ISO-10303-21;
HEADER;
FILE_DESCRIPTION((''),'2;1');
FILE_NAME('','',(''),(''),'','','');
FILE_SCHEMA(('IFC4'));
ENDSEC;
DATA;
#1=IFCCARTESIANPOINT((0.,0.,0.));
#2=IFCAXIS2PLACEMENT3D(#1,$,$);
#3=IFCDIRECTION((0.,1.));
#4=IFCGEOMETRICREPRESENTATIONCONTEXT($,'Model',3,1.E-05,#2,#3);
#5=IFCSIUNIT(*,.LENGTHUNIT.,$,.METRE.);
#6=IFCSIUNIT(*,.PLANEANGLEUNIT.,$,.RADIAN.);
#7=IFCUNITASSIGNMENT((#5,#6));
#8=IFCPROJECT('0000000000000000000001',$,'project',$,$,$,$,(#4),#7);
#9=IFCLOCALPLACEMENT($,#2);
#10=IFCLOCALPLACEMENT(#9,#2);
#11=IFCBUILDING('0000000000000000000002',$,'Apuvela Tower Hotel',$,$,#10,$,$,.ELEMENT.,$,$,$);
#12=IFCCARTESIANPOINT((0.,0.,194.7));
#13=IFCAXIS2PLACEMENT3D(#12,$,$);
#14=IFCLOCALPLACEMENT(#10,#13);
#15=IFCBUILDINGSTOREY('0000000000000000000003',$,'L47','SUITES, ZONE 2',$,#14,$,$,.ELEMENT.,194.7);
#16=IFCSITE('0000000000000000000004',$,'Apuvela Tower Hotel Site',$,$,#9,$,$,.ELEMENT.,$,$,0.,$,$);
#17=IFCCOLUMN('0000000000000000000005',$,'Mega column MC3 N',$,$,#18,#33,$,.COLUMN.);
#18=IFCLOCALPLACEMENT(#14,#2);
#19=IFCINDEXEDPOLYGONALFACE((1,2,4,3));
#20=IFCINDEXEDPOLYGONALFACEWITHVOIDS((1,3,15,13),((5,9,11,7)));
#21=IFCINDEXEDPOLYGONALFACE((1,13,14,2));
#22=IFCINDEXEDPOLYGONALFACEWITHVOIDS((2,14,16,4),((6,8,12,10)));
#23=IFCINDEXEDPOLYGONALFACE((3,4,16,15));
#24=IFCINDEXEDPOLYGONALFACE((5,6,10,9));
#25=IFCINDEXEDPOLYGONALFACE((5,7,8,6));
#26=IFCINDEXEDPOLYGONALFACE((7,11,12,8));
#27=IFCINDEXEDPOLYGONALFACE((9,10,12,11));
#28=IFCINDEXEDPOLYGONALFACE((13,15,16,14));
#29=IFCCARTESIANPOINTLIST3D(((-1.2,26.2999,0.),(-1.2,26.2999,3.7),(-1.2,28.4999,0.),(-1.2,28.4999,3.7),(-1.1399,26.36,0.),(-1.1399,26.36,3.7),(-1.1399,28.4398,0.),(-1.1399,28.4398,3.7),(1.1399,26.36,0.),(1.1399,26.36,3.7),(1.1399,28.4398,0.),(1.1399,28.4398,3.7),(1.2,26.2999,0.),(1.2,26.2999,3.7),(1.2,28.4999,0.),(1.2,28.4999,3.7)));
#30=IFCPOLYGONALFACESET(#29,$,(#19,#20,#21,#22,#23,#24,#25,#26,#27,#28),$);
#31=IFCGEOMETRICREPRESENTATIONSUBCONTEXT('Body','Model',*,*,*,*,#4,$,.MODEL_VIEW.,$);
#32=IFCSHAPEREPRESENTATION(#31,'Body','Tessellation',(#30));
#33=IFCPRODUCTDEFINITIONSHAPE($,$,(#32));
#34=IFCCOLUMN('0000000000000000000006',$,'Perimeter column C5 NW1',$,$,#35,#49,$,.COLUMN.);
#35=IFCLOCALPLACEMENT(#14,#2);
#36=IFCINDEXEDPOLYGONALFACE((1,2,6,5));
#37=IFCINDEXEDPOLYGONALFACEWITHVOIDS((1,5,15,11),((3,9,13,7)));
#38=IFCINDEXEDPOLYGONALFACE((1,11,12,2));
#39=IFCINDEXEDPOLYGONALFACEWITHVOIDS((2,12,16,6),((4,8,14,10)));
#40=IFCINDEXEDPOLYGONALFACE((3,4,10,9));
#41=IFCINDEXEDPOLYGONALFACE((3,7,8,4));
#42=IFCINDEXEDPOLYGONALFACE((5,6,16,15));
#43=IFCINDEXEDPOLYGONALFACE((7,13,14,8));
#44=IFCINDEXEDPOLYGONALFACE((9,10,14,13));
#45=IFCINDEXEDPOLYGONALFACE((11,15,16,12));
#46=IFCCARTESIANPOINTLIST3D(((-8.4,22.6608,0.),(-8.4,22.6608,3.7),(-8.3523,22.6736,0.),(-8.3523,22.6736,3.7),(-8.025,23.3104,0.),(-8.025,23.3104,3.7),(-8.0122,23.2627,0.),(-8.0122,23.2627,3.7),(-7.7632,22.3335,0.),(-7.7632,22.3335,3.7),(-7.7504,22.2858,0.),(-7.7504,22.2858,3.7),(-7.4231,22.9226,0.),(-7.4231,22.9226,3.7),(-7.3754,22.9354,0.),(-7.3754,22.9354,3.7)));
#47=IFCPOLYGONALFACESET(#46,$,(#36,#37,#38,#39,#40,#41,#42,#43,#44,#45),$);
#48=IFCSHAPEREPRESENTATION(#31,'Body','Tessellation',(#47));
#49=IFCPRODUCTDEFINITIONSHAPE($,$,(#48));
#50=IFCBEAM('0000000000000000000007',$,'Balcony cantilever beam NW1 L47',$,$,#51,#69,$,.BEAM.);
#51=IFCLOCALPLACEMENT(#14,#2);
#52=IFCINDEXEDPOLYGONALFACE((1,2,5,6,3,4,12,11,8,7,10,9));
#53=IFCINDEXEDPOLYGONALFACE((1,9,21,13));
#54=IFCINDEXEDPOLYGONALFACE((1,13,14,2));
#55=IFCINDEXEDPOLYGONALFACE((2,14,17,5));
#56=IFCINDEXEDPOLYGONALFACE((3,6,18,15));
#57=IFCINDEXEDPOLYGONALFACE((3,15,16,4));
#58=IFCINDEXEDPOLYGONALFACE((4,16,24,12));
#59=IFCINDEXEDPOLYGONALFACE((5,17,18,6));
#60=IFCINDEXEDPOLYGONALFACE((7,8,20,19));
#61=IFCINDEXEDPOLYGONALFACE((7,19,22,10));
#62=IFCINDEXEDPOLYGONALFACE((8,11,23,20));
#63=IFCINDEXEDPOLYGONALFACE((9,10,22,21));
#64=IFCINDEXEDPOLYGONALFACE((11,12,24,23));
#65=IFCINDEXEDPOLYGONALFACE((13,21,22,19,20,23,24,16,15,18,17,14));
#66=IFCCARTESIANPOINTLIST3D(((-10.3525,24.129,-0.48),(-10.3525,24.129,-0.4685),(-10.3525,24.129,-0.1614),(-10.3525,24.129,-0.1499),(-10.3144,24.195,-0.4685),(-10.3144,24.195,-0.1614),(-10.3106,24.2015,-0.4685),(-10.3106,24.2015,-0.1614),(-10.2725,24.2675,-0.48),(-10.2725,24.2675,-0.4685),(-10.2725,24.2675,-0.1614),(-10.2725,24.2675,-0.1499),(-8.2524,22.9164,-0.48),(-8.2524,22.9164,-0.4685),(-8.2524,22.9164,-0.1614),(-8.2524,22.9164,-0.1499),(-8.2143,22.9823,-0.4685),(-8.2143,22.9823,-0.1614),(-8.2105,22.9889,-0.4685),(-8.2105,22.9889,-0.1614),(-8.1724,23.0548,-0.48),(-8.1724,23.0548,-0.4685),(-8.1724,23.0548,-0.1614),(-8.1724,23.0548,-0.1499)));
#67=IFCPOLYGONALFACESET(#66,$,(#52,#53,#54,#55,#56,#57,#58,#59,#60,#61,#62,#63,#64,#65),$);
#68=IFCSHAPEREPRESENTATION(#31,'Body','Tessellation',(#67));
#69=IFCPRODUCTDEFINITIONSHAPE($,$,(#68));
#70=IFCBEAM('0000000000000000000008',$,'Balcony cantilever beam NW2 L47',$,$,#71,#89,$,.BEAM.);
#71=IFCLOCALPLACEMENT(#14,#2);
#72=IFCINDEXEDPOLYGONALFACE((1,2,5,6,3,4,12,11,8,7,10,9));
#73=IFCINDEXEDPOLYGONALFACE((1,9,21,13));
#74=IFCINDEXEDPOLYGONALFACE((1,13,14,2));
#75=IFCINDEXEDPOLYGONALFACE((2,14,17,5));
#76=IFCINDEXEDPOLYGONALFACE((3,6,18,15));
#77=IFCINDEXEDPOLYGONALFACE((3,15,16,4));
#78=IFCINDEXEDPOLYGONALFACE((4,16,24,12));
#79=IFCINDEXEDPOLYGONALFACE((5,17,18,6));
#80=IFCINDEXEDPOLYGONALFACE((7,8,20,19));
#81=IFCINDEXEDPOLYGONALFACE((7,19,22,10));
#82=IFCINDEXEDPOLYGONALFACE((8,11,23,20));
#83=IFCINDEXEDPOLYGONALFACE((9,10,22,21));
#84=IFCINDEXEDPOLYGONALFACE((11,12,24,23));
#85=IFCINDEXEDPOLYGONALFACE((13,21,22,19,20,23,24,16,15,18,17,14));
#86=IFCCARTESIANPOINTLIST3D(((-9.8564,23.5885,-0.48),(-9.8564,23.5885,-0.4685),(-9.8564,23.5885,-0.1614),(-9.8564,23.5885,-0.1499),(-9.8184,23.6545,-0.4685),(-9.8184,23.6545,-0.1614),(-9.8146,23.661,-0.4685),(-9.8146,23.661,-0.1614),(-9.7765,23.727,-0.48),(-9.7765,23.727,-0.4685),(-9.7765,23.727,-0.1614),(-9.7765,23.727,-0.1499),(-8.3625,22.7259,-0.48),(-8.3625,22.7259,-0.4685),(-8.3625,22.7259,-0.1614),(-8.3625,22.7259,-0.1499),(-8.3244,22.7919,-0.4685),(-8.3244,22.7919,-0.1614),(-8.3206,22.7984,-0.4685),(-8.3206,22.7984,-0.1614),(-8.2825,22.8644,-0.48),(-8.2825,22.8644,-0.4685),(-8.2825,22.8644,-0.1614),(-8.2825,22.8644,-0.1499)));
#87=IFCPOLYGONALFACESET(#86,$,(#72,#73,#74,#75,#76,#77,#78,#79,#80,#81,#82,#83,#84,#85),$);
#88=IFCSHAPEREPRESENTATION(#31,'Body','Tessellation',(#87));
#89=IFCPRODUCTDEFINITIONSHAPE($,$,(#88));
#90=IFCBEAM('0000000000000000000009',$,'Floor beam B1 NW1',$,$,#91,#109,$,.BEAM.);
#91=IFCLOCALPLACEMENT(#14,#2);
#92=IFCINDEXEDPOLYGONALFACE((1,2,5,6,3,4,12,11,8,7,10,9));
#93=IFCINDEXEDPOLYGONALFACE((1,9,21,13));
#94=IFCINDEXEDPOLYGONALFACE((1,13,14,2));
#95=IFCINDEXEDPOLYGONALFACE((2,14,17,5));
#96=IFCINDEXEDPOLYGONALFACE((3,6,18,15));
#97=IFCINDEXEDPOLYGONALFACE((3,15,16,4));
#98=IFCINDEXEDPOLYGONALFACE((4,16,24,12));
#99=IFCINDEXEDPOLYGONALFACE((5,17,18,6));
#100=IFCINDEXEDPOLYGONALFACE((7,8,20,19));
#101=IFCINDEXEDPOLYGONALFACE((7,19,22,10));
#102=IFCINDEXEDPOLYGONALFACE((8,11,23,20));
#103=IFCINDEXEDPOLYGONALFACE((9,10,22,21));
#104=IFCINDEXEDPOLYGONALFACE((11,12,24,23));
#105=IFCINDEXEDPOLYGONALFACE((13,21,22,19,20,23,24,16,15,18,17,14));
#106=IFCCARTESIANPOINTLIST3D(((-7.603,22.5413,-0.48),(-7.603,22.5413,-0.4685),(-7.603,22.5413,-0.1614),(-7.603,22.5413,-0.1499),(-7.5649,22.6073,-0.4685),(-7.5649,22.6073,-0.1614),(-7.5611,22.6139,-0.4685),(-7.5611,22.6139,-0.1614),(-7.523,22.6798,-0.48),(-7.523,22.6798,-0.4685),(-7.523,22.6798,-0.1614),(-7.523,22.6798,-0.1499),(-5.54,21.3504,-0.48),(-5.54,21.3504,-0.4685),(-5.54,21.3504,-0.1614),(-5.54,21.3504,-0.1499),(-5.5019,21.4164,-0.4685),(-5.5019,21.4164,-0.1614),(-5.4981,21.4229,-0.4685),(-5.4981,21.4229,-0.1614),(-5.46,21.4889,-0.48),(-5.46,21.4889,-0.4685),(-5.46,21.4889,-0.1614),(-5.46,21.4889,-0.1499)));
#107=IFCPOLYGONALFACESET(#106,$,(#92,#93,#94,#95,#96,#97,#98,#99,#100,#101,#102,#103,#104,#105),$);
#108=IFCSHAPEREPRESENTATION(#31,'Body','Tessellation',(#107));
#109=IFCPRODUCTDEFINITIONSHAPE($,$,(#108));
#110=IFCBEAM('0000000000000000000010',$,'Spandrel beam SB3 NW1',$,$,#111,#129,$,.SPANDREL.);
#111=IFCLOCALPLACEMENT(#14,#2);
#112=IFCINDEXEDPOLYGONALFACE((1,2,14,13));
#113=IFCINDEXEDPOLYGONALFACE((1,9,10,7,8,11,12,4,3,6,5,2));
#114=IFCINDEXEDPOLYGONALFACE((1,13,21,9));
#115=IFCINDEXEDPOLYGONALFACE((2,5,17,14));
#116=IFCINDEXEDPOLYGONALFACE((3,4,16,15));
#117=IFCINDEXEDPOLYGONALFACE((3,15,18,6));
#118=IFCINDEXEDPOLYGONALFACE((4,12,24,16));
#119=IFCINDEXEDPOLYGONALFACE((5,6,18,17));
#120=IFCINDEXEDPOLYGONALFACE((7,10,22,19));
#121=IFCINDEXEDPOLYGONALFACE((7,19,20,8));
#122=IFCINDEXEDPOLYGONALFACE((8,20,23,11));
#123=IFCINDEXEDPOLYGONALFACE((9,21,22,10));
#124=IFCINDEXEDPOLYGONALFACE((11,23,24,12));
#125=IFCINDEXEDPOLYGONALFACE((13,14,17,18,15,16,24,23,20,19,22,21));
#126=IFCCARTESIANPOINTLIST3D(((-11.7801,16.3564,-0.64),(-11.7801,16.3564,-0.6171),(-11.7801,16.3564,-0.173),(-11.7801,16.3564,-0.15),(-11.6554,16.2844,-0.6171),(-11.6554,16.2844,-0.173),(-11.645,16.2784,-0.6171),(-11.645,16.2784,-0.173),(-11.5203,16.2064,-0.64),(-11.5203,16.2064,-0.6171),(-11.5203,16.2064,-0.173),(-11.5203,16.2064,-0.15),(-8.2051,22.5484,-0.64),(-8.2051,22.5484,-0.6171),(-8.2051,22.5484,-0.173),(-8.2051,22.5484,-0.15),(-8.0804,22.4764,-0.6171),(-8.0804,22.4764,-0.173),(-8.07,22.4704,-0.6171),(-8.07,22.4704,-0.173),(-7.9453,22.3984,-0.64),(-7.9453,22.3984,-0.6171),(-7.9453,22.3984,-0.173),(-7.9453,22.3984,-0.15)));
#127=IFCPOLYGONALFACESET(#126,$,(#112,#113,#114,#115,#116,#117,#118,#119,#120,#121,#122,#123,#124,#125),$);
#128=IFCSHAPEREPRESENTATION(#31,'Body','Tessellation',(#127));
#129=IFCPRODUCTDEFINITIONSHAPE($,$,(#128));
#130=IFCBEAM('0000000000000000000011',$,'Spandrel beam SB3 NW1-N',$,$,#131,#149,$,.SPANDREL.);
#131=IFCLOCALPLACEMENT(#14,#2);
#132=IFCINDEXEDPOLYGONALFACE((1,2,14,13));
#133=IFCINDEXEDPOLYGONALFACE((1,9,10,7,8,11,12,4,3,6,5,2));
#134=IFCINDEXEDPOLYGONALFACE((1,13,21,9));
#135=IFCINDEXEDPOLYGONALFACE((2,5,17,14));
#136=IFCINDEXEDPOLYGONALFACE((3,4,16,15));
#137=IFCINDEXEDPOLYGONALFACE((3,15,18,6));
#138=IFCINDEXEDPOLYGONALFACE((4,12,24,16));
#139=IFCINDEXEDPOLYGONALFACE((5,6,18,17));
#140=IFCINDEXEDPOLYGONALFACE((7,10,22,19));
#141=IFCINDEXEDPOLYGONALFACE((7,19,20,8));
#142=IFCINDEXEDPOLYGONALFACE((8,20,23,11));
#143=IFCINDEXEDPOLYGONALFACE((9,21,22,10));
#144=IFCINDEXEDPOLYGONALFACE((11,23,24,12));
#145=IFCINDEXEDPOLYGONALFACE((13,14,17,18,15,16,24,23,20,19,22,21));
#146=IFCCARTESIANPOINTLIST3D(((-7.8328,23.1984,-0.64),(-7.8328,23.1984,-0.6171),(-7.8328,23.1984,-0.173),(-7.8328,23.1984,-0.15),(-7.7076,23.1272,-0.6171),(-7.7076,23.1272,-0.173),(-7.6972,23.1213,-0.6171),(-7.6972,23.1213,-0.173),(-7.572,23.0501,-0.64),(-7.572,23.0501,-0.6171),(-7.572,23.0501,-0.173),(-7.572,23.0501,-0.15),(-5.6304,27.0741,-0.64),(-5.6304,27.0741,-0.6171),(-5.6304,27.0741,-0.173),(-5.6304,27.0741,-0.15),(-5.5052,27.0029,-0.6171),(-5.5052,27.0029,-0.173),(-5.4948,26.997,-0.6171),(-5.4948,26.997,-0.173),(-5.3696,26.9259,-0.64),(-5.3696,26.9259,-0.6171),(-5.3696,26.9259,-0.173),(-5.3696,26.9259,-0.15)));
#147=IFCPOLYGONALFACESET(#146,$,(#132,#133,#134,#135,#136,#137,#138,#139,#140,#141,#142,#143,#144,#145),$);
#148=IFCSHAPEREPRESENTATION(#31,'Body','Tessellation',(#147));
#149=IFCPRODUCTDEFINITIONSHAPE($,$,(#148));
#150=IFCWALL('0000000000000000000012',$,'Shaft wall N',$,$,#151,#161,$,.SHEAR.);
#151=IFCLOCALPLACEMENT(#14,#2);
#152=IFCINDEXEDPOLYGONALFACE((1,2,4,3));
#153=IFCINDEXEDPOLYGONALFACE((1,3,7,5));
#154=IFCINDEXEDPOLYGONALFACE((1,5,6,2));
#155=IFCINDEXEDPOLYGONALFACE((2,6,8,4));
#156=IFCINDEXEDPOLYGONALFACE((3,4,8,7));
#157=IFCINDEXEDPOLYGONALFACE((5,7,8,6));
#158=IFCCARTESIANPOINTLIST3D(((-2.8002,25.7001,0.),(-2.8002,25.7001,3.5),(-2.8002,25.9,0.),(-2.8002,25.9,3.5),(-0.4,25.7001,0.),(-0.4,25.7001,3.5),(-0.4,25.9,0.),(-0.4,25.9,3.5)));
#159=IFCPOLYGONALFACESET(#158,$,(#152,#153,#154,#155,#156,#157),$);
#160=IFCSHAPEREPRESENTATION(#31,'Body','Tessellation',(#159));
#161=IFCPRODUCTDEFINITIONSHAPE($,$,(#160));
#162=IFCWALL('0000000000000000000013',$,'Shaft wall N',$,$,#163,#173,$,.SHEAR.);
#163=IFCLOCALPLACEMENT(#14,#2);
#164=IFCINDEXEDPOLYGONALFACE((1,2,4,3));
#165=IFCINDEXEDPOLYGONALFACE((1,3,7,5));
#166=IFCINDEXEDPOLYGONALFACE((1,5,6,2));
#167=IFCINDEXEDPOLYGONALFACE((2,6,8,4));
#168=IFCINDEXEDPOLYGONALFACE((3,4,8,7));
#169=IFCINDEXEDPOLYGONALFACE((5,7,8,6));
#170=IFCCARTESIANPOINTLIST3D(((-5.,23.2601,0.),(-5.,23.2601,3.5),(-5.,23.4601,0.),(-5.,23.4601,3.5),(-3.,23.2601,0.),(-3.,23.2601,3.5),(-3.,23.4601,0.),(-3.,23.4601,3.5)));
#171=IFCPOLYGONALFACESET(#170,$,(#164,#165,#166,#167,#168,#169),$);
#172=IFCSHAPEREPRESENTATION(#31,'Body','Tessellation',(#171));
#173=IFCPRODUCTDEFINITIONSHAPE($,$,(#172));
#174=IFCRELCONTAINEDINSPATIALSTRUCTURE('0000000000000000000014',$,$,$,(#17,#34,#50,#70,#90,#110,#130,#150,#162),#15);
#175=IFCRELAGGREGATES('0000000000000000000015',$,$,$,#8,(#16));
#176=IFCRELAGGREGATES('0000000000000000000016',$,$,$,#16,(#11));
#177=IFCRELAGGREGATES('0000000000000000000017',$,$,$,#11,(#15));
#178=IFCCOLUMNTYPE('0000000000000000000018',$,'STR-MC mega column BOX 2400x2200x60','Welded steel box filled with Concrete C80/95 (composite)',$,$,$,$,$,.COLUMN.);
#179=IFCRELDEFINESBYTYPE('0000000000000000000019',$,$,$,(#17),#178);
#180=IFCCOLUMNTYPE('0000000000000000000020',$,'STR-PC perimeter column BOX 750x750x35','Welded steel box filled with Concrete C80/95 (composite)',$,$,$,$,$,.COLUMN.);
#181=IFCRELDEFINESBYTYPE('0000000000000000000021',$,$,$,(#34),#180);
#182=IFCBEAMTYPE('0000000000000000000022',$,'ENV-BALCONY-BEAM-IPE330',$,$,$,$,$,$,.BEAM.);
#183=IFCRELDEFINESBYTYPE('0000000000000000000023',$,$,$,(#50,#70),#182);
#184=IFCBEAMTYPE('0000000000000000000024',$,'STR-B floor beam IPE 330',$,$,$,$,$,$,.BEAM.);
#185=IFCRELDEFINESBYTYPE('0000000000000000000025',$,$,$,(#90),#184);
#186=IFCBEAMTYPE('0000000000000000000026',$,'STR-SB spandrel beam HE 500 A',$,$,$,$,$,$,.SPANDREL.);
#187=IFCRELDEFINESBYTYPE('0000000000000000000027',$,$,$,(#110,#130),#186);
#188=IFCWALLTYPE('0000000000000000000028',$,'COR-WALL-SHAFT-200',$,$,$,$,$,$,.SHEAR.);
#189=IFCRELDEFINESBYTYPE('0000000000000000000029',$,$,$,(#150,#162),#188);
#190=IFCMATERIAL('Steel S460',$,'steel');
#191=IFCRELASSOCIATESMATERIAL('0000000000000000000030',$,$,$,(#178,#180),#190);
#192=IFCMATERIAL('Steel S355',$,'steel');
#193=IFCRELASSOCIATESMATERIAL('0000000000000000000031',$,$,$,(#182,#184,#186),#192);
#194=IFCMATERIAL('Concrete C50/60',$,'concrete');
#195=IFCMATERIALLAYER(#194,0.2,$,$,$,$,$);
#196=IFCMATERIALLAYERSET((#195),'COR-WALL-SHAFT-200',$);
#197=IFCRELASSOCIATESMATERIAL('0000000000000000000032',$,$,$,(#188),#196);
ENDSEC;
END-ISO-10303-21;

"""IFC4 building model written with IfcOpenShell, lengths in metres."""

from ifc_helpers import new_model, si_unit, direction, frame, frame_2d, origin, origin_2d, place, context, subcontext, project, spatial, rectangle, hollow_rectangle, i_section, extrude, material, layer, layer_set, material_profile, profile_set, type_object, element, save


model = new_model("IFC4")

# Units and contexts
model_context = context("Model", 3, precision=1e-05, world=origin(), true_north=direction((0.0, 1.0)))
body_context = subcontext(model_context, "Body", "Model", "MODEL_VIEW")
ifc_project = project(units=[si_unit("LENGTHUNIT", "METRE"), si_unit("PLANEANGLEUNIT", "RADIAN")], contexts=[model_context])

# Site, building, storey
site_placement = place(None, origin())
site = spatial("IfcSite", under=ifc_project, at=site_placement, Name="Apuvela Tower Hotel Site", CompositionType="ELEMENT", RefElevation=0.0)
building_placement = place(site_placement, origin())
building = spatial("IfcBuilding", under=site, at=building_placement, Name="Apuvela Tower Hotel", CompositionType="ELEMENT")
storey_placement = place(building_placement, frame((0.0, 0.0, 194.7)))
storey = spatial("IfcBuildingStorey", under=building, at=storey_placement, Name="L47", Description="SUITES, ZONE 2", CompositionType="ELEMENT", Elevation=194.7)

# Columns
ifc_material_1 = material(Name="Steel S460", Category="steel")
ifc_material_profile_1 = material_profile(ifc_material_1, hollow_rectangle(XDim=2.3999, YDim=2.2, WallThickness=0.0601, at=origin_2d()), Name="BOX 2400x2200x60")
ifc_material_2 = material(Name="Concrete C80/95", Category="concrete")
ifc_material_profile_2 = material_profile(ifc_material_2, rectangle(XDim=2.28, YDim=2.0801, at=origin_2d()), Name="Concrete C80/95 infill")
ifc_profile_set_1 = profile_set([ifc_material_profile_1, ifc_material_profile_2], Name="Steel S460")
column_type_1 = type_object("IfcColumnType", Name="STR-MC mega column BOX 2400x2200x60", Description="Welded steel box filled with Concrete C80/95 (composite)", PredefinedType="COLUMN", material=ifc_profile_set_1)
column_1_placement = place(storey_placement, frame((0.0, 27.3999, 0.0), z_axis=(0.0, 0.0, 1.0), x_axis=(1.0, 0.0, 0.0)))
element("IfcColumn", 1, at=column_1_placement, inside=storey, type_object=column_type_1, Name="Mega column MC3 N", PredefinedType="COLUMN", context=body_context, shape_type="SweptSolid", body=[
    extrude(hollow_rectangle(XDim=2.3999, YDim=2.2, WallThickness=0.0601, at=origin_2d()), origin(), (0.0, 0.0, 1.0), 3.7),
])
ifc_material_profile_3 = material_profile(ifc_material_1, hollow_rectangle(XDim=0.75, YDim=0.75, WallThickness=0.0349, at=origin_2d()), Name="BOX 750x750x35")
ifc_material_profile_4 = material_profile(ifc_material_2, rectangle(XDim=0.6799, YDim=0.6799, at=origin_2d()), Name="Concrete C80/95 infill")
ifc_profile_set_2 = profile_set([ifc_material_profile_3, ifc_material_profile_4], Name="Steel S460")
column_type_2 = type_object("IfcColumnType", Name="STR-PC perimeter column BOX 750x750x35", Description="Welded steel box filled with Concrete C80/95 (composite)", PredefinedType="COLUMN", material=ifc_profile_set_2)
column_2_placement = place(storey_placement, frame((-7.8877, 22.7981, 0.0), z_axis=(0.0, 0.0, 1.0), x_axis=(0.5, 0.866025, 0.0)))
element("IfcColumn", 2, at=column_2_placement, inside=storey, type_object=column_type_2, Name="Perimeter column C5 NW1", PredefinedType="COLUMN", context=body_context, shape_type="SweptSolid", body=[
    extrude(hollow_rectangle(XDim=0.75, YDim=0.75, WallThickness=0.0349, at=origin_2d()), origin(), (0.0, 0.0, 1.0), 3.7),
])

# Beams
ifc_material_3 = material(Name="Steel S355", Category="steel")
ifc_material_profile_5 = material_profile(ifc_material_3, i_section(OverallWidth=0.1599, OverallDepth=0.3301, WebThickness=0.0076, FlangeThickness=0.0115, at=origin_2d()), Name="IPE 330")
ifc_profile_set_3 = profile_set([ifc_material_profile_5], Name="Steel S355")
beam_type_1 = type_object("IfcBeamType", Name="ENV-BALCONY-BEAM-IPE330", PredefinedType="BEAM", material=ifc_profile_set_3)
beam_1_placement = place(storey_placement, frame((-8.2124, 22.9856, -0.3149), z_axis=(-0.865998, 0.500048, 0.0), x_axis=(-0.500048, -0.865998, 0.0)))
element("IfcBeam", 3, at=beam_1_placement, inside=storey, type_object=beam_type_1, Name="Balcony cantilever beam NW1 L47", PredefinedType="BEAM", context=body_context, shape_type="SweptSolid", body=[
    extrude(i_section(OverallWidth=0.1599, OverallDepth=0.3301, WebThickness=0.0076, FlangeThickness=0.0115, at=origin_2d()), origin(), (0.0, 0.0, 1.0), 2.425),
])
beam_2_placement = place(storey_placement, frame((-8.3225, 22.7952, -0.3149), z_axis=(-0.866014, 0.500021, 0.0), x_axis=(-0.500021, -0.866014, 0.0)))
element("IfcBeam", 4, at=beam_2_placement, inside=storey, type_object=beam_type_1, Name="Balcony cantilever beam NW2 L47", PredefinedType="BEAM", context=body_context, shape_type="SweptSolid", body=[
    extrude(i_section(OverallWidth=0.1599, OverallDepth=0.3301, WebThickness=0.0076, FlangeThickness=0.0115, at=origin_2d()), origin(), (0.0, 0.0, 1.0), 1.7251),
])
ifc_material_profile_6 = material_profile(ifc_material_3, i_section(OverallWidth=0.1599, OverallDepth=0.3301, WebThickness=0.0076, FlangeThickness=0.0115, at=origin_2d()), Name="IPE 330")
ifc_profile_set_4 = profile_set([ifc_material_profile_6], Name="Steel S355")
beam_type_2 = type_object("IfcBeamType", Name="STR-B floor beam IPE 330", PredefinedType="BEAM", material=ifc_profile_set_4)
beam_3_placement = place(storey_placement, frame((-7.563, 22.6106, -0.3149), z_axis=(0.866052, -0.499953, 0.0), x_axis=(0.499953, 0.866052, 0.0)))
element("IfcBeam", 5, at=beam_3_placement, inside=storey, type_object=beam_type_2, Name="Floor beam B1 NW1", PredefinedType="BEAM", context=body_context, shape_type="SweptSolid", body=[
    extrude(i_section(OverallWidth=0.1599, OverallDepth=0.3301, WebThickness=0.0076, FlangeThickness=0.0115, at=origin_2d()), origin(), (0.0, 0.0, 1.0), 2.3821),
])
ifc_material_profile_7 = material_profile(ifc_material_3, i_section(OverallWidth=0.3, OverallDepth=0.49, WebThickness=0.012, FlangeThickness=0.0229, at=origin_2d()), Name="HE 500 A")
ifc_profile_set_5 = profile_set([ifc_material_profile_7], Name="Steel S355")
beam_type_3 = type_object("IfcBeamType", Name="STR-SB spandrel beam HE 500 A", PredefinedType="SPANDREL", material=ifc_profile_set_5)
beam_4_placement = place(storey_placement, frame((-8.0752, 22.4734, -0.395), z_axis=(-0.500006, -0.866022, 0.0), x_axis=(0.866022, -0.500006, 0.0)))
element("IfcBeam", 6, at=beam_4_placement, inside=storey, type_object=beam_type_3, Name="Spandrel beam SB3 NW1", PredefinedType="SPANDREL", context=body_context, shape_type="SweptSolid", body=[
    extrude(i_section(OverallWidth=0.3, OverallDepth=0.49, WebThickness=0.012, FlangeThickness=0.0229, at=origin_2d()), origin(), (0.0, 0.0, 1.0), 7.1499),
])
beam_5_placement = place(storey_placement, frame((-7.7024, 23.1243, -0.395), z_axis=(0.494056, 0.86943, 0.0), x_axis=(-0.86943, 0.494056, 0.0)))
element("IfcBeam", 7, at=beam_5_placement, inside=storey, type_object=beam_type_3, Name="Spandrel beam SB3 NW1-N", PredefinedType="SPANDREL", context=body_context, shape_type="SweptSolid", body=[
    extrude(i_section(OverallWidth=0.3, OverallDepth=0.49, WebThickness=0.012, FlangeThickness=0.0229, at=origin_2d()), origin(), (0.0, 0.0, 1.0), 4.4578),
])

# Walls
ifc_material_4 = material(Name="Concrete C50/60", Category="concrete")
ifc_layer_1 = layer(ifc_material_4, 0.2)
ifc_layer_set_1 = layer_set([ifc_layer_1], Name="COR-WALL-SHAFT-200")
wall_type_1 = type_object("IfcWallType", Name="COR-WALL-SHAFT-200", PredefinedType="SHEAR", material=ifc_layer_set_1)
wall_1_placement = place(storey_placement, frame((-0.3999, 25.8, 0.0), z_axis=(0.0, 0.0, 1.0), x_axis=(-1.0, 0.0, 0.0)))
element("IfcWall", 8, at=wall_1_placement, inside=storey, type_object=wall_type_1, Name="Shaft wall N", PredefinedType="SHEAR", context=body_context, shape_type="SweptSolid", body=[
    extrude(rectangle(XDim=2.4001, YDim=0.2, at=frame_2d((1.2002, 0.0))), origin(), (0.0, 0.0, 1.0), 3.5),
])
wall_2_placement = place(storey_placement, frame((-3.0, 23.3601, 0.0), z_axis=(0.0, 0.0, 1.0), x_axis=(-1.0, 0.0, 0.0)))
element("IfcWall", 9, at=wall_2_placement, inside=storey, type_object=wall_type_1, Name="Shaft wall N", PredefinedType="SHEAR", context=body_context, shape_type="SweptSolid", body=[
    extrude(rectangle(XDim=2.0, YDim=0.2, at=frame_2d((1.0, 0.0))), origin(), (0.0, 0.0, 1.0), 3.5),
])

save(model, "model.ifc")
